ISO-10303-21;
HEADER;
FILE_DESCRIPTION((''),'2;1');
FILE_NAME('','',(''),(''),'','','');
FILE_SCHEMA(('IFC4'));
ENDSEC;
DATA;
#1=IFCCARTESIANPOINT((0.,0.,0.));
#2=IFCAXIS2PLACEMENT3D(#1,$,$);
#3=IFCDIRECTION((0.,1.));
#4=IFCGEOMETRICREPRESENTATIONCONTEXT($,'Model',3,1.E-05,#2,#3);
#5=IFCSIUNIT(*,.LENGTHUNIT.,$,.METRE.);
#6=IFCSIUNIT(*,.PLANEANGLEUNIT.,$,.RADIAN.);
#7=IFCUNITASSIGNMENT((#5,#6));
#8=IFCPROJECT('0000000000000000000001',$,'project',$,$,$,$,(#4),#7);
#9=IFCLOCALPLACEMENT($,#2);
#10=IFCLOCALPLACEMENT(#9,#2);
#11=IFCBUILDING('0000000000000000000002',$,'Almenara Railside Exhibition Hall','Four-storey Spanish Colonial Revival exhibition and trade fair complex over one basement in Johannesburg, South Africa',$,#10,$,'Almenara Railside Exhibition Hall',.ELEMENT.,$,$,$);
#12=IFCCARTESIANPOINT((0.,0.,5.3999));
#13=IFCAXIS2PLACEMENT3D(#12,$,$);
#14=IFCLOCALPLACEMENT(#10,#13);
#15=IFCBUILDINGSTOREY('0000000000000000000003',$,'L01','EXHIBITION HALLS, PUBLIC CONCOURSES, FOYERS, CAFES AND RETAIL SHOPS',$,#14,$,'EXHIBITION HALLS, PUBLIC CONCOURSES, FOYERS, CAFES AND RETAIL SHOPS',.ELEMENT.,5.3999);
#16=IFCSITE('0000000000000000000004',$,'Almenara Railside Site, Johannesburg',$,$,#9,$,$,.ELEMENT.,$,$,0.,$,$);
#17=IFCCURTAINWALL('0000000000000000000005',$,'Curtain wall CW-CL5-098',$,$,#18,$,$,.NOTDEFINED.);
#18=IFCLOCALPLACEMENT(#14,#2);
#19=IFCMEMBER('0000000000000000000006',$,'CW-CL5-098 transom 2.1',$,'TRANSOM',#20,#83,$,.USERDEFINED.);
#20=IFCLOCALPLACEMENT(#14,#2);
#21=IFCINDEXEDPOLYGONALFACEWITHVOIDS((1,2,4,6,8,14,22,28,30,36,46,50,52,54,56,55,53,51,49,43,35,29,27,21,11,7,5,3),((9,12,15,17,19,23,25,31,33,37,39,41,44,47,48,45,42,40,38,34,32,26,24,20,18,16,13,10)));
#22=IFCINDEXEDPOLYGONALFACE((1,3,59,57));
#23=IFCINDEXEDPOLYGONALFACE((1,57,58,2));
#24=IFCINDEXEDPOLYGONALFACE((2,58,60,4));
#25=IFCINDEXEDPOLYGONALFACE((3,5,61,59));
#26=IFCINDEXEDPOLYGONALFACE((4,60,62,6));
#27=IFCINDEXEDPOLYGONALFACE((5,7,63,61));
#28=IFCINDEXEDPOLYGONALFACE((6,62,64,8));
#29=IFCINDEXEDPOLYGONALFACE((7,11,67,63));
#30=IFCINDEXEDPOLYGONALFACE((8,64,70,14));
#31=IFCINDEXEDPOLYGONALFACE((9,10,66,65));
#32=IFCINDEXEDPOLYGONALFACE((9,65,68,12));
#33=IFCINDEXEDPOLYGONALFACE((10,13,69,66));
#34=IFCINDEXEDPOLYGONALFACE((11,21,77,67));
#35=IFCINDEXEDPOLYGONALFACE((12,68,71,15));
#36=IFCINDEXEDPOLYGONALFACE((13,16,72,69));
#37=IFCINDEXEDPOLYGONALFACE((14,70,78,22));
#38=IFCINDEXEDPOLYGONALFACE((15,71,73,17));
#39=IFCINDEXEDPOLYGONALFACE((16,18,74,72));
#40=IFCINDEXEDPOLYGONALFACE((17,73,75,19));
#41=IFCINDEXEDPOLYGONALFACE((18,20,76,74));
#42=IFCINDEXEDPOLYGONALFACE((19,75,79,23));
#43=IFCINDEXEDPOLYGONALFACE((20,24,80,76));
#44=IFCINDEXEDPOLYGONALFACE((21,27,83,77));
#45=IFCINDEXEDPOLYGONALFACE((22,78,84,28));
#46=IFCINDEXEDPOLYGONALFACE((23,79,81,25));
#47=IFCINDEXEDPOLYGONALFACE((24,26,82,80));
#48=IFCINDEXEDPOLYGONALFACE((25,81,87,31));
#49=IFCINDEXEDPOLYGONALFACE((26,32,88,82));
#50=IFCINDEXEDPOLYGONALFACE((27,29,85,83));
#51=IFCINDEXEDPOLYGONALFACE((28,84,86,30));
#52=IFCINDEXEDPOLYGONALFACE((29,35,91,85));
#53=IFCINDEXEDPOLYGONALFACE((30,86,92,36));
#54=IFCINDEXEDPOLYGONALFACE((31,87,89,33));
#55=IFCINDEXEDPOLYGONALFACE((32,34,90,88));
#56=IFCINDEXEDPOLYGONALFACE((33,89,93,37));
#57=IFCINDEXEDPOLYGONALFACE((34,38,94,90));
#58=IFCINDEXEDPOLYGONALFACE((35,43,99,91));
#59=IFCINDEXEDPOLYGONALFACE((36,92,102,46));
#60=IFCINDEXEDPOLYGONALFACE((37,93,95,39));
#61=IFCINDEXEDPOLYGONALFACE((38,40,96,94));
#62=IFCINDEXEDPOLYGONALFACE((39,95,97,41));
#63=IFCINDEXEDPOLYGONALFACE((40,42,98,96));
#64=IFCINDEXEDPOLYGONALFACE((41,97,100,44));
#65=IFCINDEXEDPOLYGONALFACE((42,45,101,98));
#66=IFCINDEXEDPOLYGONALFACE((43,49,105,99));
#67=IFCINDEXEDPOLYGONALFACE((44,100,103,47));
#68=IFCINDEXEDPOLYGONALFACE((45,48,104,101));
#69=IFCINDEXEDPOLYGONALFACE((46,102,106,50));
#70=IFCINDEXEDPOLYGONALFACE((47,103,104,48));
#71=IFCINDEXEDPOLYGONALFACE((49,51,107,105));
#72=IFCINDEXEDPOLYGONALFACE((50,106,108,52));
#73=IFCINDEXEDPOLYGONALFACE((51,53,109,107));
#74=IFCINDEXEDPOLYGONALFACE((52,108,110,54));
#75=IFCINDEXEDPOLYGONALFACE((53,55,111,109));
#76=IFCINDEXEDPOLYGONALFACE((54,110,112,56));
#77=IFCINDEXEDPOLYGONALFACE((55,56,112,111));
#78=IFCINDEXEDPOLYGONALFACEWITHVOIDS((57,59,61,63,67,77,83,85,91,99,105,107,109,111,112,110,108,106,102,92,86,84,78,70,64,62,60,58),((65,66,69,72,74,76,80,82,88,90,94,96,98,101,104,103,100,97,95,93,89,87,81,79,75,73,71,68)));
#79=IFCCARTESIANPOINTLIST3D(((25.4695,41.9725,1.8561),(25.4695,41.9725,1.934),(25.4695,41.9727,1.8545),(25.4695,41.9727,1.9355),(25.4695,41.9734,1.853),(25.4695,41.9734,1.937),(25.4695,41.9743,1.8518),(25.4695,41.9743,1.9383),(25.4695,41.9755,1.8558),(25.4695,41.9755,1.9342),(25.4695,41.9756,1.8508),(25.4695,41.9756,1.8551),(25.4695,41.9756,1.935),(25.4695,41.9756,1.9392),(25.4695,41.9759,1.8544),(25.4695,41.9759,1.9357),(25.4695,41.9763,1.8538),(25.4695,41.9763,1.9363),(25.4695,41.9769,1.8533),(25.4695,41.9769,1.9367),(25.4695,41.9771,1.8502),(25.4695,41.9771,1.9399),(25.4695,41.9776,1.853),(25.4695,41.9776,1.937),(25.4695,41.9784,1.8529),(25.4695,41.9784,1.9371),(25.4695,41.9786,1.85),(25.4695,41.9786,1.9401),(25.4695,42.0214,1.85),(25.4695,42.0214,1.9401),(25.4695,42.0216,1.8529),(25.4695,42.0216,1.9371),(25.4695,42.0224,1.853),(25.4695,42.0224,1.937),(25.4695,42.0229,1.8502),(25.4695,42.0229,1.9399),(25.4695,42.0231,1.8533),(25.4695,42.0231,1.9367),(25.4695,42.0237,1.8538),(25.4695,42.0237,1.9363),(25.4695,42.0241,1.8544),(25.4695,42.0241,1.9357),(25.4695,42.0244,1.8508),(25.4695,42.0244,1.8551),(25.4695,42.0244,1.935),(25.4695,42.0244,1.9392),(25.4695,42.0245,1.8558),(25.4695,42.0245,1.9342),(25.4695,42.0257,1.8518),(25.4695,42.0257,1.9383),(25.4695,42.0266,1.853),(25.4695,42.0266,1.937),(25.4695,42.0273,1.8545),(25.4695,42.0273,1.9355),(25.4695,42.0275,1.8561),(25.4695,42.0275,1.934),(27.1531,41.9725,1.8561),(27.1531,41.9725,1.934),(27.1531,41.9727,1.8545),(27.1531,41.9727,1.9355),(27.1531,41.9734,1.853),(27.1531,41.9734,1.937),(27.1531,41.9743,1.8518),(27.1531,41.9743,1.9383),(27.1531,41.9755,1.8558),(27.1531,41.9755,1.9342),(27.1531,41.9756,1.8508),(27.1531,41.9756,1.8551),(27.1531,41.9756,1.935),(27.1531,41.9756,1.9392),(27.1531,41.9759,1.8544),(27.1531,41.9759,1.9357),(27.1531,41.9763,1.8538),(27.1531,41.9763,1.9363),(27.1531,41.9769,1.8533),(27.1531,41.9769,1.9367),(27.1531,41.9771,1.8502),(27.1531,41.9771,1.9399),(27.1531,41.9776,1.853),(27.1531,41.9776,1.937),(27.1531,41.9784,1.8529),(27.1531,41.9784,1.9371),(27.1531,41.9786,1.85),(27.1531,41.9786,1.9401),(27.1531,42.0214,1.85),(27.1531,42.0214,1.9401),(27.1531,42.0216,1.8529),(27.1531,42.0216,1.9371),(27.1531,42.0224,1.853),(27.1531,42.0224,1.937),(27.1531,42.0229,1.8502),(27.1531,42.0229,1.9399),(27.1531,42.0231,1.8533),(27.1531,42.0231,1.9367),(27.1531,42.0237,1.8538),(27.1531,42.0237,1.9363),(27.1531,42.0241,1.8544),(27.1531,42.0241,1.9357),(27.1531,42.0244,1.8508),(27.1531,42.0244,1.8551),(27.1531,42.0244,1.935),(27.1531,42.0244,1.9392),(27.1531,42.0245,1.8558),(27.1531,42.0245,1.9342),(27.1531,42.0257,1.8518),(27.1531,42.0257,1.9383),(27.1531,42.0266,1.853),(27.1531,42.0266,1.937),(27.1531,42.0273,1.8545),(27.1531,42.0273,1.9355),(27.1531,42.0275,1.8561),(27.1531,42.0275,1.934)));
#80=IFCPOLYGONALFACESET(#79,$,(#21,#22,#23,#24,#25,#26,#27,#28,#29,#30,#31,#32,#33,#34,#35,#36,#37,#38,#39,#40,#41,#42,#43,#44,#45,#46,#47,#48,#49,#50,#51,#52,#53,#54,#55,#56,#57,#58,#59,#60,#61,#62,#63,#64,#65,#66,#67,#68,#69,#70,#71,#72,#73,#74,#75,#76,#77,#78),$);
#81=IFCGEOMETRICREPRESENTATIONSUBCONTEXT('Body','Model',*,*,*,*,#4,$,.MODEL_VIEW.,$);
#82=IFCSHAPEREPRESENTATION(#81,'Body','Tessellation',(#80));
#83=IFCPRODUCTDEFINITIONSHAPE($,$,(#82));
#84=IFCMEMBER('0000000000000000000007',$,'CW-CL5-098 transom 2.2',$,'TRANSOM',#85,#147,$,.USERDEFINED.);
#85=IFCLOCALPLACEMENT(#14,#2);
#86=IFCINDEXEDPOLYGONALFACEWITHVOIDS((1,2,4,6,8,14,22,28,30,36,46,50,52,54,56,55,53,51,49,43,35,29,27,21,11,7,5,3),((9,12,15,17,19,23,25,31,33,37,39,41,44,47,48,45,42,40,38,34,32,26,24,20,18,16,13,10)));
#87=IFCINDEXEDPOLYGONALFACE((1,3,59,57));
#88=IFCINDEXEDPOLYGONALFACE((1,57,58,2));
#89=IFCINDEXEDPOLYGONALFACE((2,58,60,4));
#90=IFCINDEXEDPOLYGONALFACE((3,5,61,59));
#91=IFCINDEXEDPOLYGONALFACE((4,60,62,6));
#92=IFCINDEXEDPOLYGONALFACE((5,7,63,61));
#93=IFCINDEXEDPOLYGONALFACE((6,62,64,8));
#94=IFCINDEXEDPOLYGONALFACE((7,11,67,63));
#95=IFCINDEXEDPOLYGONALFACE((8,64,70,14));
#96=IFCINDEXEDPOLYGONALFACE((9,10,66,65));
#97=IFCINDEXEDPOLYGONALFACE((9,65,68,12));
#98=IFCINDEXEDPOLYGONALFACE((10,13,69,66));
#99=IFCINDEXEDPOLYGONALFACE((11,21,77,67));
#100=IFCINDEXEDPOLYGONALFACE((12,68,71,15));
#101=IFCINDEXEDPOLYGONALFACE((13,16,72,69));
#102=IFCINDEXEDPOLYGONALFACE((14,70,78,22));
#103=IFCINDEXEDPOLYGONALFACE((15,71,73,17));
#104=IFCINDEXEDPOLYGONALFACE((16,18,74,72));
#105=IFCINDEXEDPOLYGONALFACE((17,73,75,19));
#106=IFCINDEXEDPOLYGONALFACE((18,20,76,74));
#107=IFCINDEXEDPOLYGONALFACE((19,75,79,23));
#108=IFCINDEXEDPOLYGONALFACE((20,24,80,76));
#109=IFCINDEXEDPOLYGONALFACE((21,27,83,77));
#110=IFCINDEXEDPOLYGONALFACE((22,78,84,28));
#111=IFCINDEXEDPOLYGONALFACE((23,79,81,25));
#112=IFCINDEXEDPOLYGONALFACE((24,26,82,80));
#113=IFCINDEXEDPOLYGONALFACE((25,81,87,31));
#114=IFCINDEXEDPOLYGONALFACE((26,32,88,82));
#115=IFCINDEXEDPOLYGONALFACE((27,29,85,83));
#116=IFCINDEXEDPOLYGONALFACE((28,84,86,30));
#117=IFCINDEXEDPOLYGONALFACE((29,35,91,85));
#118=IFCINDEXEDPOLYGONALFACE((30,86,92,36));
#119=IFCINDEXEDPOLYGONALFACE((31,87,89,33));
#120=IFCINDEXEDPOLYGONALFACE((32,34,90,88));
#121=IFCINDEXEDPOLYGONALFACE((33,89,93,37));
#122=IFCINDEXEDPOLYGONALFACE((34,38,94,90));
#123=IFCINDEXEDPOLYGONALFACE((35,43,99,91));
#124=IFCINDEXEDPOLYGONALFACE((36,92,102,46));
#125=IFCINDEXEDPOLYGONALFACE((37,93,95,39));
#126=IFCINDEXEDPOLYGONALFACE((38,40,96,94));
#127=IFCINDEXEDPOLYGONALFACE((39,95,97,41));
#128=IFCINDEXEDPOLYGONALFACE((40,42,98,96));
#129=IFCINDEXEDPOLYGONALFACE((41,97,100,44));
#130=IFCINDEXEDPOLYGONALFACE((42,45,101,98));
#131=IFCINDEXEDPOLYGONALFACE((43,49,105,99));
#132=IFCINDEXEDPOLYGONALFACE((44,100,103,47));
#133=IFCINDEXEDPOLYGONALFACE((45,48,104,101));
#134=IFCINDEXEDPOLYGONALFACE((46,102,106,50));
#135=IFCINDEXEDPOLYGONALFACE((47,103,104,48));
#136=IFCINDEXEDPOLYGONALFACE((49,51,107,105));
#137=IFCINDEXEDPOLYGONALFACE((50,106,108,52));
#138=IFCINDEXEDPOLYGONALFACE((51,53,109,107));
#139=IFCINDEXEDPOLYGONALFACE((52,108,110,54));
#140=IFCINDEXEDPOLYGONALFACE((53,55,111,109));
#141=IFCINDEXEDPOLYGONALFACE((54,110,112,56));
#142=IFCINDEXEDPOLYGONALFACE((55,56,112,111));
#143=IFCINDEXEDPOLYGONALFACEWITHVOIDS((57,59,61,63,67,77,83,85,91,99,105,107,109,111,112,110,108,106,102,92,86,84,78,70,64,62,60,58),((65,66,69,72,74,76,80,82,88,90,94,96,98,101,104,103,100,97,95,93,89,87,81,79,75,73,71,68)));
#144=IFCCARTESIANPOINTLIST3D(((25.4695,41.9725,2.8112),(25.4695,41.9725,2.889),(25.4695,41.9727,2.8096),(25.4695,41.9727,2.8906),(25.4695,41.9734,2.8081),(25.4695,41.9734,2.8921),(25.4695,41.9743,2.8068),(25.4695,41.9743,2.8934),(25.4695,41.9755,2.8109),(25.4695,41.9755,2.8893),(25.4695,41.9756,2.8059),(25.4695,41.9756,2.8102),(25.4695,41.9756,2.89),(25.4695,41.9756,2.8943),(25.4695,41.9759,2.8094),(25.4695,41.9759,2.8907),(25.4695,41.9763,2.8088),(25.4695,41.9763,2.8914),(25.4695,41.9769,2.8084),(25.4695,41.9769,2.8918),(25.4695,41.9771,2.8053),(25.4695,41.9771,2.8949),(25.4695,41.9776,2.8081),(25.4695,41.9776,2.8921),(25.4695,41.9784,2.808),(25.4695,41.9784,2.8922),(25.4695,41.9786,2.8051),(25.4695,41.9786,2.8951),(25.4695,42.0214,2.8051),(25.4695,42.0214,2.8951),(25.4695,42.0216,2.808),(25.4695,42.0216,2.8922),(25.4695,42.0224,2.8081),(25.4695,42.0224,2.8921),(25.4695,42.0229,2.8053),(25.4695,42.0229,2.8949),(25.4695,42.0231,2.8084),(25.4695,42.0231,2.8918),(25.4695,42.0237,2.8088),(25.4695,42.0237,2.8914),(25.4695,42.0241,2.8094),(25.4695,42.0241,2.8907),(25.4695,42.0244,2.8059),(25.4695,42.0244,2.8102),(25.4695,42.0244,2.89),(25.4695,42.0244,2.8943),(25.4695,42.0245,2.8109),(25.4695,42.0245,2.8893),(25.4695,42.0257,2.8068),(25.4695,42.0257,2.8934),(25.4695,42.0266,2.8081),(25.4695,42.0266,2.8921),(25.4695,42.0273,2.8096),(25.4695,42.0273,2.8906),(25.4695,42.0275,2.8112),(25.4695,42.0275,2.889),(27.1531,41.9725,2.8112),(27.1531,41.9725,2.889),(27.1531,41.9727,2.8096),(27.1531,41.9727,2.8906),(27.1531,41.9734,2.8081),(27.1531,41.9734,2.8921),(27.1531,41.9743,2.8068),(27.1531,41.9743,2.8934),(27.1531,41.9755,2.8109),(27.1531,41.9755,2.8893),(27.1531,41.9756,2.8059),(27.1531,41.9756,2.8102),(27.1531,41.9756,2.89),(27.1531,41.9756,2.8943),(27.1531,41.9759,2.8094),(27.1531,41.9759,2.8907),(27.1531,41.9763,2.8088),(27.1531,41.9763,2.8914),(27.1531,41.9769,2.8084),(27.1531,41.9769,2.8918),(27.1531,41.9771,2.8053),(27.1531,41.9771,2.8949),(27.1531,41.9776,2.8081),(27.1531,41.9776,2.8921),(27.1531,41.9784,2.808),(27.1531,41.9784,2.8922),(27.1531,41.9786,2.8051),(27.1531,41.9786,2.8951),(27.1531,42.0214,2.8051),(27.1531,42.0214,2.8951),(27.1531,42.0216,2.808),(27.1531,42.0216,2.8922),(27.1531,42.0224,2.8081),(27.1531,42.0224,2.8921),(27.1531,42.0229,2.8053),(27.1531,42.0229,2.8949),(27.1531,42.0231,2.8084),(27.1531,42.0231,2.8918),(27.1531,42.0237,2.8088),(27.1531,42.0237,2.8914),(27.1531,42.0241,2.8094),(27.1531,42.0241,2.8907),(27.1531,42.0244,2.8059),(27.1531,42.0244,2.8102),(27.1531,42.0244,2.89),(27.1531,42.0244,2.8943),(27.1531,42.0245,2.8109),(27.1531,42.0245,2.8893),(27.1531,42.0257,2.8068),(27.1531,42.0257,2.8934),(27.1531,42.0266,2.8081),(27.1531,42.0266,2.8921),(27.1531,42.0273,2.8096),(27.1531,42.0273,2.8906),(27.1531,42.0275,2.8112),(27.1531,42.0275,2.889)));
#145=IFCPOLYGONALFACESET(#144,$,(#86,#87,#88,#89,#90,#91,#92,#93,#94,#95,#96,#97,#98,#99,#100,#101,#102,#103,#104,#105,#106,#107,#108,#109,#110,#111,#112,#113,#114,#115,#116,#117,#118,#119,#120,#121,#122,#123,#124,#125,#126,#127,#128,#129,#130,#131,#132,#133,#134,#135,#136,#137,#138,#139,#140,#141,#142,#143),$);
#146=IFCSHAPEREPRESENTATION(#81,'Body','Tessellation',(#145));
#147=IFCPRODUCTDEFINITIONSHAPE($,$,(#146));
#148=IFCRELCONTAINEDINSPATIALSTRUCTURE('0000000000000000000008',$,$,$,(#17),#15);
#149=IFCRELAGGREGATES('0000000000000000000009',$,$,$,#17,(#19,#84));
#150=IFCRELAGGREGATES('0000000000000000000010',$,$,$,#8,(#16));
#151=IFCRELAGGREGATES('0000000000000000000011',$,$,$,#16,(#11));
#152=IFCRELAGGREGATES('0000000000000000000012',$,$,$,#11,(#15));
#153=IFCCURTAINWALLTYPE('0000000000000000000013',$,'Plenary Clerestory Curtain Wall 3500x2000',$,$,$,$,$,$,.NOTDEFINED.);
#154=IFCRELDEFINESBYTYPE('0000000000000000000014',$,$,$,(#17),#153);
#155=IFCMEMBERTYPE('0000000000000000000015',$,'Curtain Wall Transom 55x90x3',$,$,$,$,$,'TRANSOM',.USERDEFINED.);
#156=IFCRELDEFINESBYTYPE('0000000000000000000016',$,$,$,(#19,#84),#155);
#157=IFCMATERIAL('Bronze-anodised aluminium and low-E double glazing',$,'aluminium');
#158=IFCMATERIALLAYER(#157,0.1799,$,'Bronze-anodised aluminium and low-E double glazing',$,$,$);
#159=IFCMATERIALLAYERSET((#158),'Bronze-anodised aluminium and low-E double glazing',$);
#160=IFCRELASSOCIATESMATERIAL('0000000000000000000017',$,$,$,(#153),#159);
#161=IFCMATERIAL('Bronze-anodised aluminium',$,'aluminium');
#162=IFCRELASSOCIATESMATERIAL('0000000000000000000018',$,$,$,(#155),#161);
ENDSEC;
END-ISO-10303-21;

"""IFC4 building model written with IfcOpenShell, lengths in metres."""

from ifc_helpers import new_model, si_unit, direction, frame, origin, origin_2d, place, context, subcontext, project, spatial, hollow_rectangle, extrude, material, layer, layer_set, material_profile, profile_set, type_object, element, aggregate, save


model = new_model("IFC4")

# Units and contexts
model_context = context("Model", 3, precision=1e-05, world=origin(), true_north=direction((0.0, 1.0)))
body_context = subcontext(model_context, "Body", "Model", "MODEL_VIEW")
ifc_project = project(units=[si_unit("LENGTHUNIT", "METRE"), si_unit("PLANEANGLEUNIT", "RADIAN")], contexts=[model_context])

# Site, building, storey
site_placement = place(None, origin())
site = spatial("IfcSite", under=ifc_project, at=site_placement, Name="Almenara Railside Site, Johannesburg", CompositionType="ELEMENT", RefElevation=0.0)
building_placement = place(site_placement, origin())
building = spatial("IfcBuilding", under=site, at=building_placement, Name="Almenara Railside Exhibition Hall", Description="Four-storey Spanish Colonial Revival exhibition and trade fair complex over one basement in Johannesburg, South Africa", LongName="Almenara Railside Exhibition Hall", CompositionType="ELEMENT")
storey_placement = place(building_placement, frame((0.0, 0.0, 5.3999)))
storey = spatial("IfcBuildingStorey", under=building, at=storey_placement, Name="L01", Description="EXHIBITION HALLS, PUBLIC CONCOURSES, FOYERS, CAFES AND RETAIL SHOPS", LongName="EXHIBITION HALLS, PUBLIC CONCOURSES, FOYERS, CAFES AND RETAIL SHOPS", CompositionType="ELEMENT", Elevation=5.3999)

# Curtain wall
ifc_material_1 = material(Name="Bronze-anodised aluminium and low-E double glazing", Category="aluminium")
ifc_layer_1 = layer(ifc_material_1, 0.1799, Name="Bronze-anodised aluminium and low-E double glazing")
ifc_layer_set_1 = layer_set([ifc_layer_1], Name="Bronze-anodised aluminium and low-E double glazing")
curtain_wall_type_1 = type_object("IfcCurtainWallType", Name="Plenary Clerestory Curtain Wall 3500x2000", PredefinedType="NOTDEFINED", material=ifc_layer_set_1)
curtain_wall_1_placement = place(storey_placement, origin())
curtain_wall_1 = element("IfcCurtainWall", 1, at=curtain_wall_1_placement, inside=storey, type_object=curtain_wall_type_1, Name="Curtain wall CW-CL5-098", PredefinedType="NOTDEFINED")
ifc_material_2 = material(Name="Bronze-anodised aluminium", Category="aluminium")

# Members
ifc_material_profile_1 = material_profile(ifc_material_2, hollow_rectangle(XDim=0.0549, YDim=0.0901, WallThickness=0.0029, InnerFilletRadius=0.0029, OuterFilletRadius=0.0061, at=origin_2d()), Name="ALU-TRN 55x90x3")
ifc_profile_set_1 = profile_set([ifc_material_profile_1], Name="Bronze-anodised aluminium")
member_type_1 = type_object("IfcMemberType", Name="Curtain Wall Transom 55x90x3", ElementType="TRANSOM", PredefinedType="USERDEFINED", material=ifc_profile_set_1)
member_1_placement = place(storey_placement, frame((25.4695, 42.0, 1.895), z_axis=(1.0, 0.0, 0.0), x_axis=(0.0, 1.0, 0.0)))
member_1 = element("IfcMember", 2, at=member_1_placement, type_object=member_type_1, Name="CW-CL5-098 transom 2.1", ObjectType="TRANSOM", PredefinedType="USERDEFINED", context=body_context, shape_type="SweptSolid", body=[
    extrude(hollow_rectangle(XDim=0.0549, YDim=0.0901, WallThickness=0.0029, InnerFilletRadius=0.0029, OuterFilletRadius=0.0061, at=origin_2d()), origin(), (0.0, 0.0, 1.0), 1.6836),
])
member_2_placement = place(storey_placement, frame((25.4695, 42.0, 2.8501), z_axis=(1.0, 0.0, 0.0), x_axis=(0.0, 1.0, 0.0)))
member_2 = element("IfcMember", 3, at=member_2_placement, type_object=member_type_1, Name="CW-CL5-098 transom 2.2", ObjectType="TRANSOM", PredefinedType="USERDEFINED", context=body_context, shape_type="SweptSolid", body=[
    extrude(hollow_rectangle(XDim=0.0549, YDim=0.0901, WallThickness=0.0029, InnerFilletRadius=0.0029, OuterFilletRadius=0.0061, at=origin_2d()), origin(), (0.0, 0.0, 1.0), 1.6836),
])

aggregate(curtain_wall_1, [member_1, member_2])

save(model, "model.ifc")
